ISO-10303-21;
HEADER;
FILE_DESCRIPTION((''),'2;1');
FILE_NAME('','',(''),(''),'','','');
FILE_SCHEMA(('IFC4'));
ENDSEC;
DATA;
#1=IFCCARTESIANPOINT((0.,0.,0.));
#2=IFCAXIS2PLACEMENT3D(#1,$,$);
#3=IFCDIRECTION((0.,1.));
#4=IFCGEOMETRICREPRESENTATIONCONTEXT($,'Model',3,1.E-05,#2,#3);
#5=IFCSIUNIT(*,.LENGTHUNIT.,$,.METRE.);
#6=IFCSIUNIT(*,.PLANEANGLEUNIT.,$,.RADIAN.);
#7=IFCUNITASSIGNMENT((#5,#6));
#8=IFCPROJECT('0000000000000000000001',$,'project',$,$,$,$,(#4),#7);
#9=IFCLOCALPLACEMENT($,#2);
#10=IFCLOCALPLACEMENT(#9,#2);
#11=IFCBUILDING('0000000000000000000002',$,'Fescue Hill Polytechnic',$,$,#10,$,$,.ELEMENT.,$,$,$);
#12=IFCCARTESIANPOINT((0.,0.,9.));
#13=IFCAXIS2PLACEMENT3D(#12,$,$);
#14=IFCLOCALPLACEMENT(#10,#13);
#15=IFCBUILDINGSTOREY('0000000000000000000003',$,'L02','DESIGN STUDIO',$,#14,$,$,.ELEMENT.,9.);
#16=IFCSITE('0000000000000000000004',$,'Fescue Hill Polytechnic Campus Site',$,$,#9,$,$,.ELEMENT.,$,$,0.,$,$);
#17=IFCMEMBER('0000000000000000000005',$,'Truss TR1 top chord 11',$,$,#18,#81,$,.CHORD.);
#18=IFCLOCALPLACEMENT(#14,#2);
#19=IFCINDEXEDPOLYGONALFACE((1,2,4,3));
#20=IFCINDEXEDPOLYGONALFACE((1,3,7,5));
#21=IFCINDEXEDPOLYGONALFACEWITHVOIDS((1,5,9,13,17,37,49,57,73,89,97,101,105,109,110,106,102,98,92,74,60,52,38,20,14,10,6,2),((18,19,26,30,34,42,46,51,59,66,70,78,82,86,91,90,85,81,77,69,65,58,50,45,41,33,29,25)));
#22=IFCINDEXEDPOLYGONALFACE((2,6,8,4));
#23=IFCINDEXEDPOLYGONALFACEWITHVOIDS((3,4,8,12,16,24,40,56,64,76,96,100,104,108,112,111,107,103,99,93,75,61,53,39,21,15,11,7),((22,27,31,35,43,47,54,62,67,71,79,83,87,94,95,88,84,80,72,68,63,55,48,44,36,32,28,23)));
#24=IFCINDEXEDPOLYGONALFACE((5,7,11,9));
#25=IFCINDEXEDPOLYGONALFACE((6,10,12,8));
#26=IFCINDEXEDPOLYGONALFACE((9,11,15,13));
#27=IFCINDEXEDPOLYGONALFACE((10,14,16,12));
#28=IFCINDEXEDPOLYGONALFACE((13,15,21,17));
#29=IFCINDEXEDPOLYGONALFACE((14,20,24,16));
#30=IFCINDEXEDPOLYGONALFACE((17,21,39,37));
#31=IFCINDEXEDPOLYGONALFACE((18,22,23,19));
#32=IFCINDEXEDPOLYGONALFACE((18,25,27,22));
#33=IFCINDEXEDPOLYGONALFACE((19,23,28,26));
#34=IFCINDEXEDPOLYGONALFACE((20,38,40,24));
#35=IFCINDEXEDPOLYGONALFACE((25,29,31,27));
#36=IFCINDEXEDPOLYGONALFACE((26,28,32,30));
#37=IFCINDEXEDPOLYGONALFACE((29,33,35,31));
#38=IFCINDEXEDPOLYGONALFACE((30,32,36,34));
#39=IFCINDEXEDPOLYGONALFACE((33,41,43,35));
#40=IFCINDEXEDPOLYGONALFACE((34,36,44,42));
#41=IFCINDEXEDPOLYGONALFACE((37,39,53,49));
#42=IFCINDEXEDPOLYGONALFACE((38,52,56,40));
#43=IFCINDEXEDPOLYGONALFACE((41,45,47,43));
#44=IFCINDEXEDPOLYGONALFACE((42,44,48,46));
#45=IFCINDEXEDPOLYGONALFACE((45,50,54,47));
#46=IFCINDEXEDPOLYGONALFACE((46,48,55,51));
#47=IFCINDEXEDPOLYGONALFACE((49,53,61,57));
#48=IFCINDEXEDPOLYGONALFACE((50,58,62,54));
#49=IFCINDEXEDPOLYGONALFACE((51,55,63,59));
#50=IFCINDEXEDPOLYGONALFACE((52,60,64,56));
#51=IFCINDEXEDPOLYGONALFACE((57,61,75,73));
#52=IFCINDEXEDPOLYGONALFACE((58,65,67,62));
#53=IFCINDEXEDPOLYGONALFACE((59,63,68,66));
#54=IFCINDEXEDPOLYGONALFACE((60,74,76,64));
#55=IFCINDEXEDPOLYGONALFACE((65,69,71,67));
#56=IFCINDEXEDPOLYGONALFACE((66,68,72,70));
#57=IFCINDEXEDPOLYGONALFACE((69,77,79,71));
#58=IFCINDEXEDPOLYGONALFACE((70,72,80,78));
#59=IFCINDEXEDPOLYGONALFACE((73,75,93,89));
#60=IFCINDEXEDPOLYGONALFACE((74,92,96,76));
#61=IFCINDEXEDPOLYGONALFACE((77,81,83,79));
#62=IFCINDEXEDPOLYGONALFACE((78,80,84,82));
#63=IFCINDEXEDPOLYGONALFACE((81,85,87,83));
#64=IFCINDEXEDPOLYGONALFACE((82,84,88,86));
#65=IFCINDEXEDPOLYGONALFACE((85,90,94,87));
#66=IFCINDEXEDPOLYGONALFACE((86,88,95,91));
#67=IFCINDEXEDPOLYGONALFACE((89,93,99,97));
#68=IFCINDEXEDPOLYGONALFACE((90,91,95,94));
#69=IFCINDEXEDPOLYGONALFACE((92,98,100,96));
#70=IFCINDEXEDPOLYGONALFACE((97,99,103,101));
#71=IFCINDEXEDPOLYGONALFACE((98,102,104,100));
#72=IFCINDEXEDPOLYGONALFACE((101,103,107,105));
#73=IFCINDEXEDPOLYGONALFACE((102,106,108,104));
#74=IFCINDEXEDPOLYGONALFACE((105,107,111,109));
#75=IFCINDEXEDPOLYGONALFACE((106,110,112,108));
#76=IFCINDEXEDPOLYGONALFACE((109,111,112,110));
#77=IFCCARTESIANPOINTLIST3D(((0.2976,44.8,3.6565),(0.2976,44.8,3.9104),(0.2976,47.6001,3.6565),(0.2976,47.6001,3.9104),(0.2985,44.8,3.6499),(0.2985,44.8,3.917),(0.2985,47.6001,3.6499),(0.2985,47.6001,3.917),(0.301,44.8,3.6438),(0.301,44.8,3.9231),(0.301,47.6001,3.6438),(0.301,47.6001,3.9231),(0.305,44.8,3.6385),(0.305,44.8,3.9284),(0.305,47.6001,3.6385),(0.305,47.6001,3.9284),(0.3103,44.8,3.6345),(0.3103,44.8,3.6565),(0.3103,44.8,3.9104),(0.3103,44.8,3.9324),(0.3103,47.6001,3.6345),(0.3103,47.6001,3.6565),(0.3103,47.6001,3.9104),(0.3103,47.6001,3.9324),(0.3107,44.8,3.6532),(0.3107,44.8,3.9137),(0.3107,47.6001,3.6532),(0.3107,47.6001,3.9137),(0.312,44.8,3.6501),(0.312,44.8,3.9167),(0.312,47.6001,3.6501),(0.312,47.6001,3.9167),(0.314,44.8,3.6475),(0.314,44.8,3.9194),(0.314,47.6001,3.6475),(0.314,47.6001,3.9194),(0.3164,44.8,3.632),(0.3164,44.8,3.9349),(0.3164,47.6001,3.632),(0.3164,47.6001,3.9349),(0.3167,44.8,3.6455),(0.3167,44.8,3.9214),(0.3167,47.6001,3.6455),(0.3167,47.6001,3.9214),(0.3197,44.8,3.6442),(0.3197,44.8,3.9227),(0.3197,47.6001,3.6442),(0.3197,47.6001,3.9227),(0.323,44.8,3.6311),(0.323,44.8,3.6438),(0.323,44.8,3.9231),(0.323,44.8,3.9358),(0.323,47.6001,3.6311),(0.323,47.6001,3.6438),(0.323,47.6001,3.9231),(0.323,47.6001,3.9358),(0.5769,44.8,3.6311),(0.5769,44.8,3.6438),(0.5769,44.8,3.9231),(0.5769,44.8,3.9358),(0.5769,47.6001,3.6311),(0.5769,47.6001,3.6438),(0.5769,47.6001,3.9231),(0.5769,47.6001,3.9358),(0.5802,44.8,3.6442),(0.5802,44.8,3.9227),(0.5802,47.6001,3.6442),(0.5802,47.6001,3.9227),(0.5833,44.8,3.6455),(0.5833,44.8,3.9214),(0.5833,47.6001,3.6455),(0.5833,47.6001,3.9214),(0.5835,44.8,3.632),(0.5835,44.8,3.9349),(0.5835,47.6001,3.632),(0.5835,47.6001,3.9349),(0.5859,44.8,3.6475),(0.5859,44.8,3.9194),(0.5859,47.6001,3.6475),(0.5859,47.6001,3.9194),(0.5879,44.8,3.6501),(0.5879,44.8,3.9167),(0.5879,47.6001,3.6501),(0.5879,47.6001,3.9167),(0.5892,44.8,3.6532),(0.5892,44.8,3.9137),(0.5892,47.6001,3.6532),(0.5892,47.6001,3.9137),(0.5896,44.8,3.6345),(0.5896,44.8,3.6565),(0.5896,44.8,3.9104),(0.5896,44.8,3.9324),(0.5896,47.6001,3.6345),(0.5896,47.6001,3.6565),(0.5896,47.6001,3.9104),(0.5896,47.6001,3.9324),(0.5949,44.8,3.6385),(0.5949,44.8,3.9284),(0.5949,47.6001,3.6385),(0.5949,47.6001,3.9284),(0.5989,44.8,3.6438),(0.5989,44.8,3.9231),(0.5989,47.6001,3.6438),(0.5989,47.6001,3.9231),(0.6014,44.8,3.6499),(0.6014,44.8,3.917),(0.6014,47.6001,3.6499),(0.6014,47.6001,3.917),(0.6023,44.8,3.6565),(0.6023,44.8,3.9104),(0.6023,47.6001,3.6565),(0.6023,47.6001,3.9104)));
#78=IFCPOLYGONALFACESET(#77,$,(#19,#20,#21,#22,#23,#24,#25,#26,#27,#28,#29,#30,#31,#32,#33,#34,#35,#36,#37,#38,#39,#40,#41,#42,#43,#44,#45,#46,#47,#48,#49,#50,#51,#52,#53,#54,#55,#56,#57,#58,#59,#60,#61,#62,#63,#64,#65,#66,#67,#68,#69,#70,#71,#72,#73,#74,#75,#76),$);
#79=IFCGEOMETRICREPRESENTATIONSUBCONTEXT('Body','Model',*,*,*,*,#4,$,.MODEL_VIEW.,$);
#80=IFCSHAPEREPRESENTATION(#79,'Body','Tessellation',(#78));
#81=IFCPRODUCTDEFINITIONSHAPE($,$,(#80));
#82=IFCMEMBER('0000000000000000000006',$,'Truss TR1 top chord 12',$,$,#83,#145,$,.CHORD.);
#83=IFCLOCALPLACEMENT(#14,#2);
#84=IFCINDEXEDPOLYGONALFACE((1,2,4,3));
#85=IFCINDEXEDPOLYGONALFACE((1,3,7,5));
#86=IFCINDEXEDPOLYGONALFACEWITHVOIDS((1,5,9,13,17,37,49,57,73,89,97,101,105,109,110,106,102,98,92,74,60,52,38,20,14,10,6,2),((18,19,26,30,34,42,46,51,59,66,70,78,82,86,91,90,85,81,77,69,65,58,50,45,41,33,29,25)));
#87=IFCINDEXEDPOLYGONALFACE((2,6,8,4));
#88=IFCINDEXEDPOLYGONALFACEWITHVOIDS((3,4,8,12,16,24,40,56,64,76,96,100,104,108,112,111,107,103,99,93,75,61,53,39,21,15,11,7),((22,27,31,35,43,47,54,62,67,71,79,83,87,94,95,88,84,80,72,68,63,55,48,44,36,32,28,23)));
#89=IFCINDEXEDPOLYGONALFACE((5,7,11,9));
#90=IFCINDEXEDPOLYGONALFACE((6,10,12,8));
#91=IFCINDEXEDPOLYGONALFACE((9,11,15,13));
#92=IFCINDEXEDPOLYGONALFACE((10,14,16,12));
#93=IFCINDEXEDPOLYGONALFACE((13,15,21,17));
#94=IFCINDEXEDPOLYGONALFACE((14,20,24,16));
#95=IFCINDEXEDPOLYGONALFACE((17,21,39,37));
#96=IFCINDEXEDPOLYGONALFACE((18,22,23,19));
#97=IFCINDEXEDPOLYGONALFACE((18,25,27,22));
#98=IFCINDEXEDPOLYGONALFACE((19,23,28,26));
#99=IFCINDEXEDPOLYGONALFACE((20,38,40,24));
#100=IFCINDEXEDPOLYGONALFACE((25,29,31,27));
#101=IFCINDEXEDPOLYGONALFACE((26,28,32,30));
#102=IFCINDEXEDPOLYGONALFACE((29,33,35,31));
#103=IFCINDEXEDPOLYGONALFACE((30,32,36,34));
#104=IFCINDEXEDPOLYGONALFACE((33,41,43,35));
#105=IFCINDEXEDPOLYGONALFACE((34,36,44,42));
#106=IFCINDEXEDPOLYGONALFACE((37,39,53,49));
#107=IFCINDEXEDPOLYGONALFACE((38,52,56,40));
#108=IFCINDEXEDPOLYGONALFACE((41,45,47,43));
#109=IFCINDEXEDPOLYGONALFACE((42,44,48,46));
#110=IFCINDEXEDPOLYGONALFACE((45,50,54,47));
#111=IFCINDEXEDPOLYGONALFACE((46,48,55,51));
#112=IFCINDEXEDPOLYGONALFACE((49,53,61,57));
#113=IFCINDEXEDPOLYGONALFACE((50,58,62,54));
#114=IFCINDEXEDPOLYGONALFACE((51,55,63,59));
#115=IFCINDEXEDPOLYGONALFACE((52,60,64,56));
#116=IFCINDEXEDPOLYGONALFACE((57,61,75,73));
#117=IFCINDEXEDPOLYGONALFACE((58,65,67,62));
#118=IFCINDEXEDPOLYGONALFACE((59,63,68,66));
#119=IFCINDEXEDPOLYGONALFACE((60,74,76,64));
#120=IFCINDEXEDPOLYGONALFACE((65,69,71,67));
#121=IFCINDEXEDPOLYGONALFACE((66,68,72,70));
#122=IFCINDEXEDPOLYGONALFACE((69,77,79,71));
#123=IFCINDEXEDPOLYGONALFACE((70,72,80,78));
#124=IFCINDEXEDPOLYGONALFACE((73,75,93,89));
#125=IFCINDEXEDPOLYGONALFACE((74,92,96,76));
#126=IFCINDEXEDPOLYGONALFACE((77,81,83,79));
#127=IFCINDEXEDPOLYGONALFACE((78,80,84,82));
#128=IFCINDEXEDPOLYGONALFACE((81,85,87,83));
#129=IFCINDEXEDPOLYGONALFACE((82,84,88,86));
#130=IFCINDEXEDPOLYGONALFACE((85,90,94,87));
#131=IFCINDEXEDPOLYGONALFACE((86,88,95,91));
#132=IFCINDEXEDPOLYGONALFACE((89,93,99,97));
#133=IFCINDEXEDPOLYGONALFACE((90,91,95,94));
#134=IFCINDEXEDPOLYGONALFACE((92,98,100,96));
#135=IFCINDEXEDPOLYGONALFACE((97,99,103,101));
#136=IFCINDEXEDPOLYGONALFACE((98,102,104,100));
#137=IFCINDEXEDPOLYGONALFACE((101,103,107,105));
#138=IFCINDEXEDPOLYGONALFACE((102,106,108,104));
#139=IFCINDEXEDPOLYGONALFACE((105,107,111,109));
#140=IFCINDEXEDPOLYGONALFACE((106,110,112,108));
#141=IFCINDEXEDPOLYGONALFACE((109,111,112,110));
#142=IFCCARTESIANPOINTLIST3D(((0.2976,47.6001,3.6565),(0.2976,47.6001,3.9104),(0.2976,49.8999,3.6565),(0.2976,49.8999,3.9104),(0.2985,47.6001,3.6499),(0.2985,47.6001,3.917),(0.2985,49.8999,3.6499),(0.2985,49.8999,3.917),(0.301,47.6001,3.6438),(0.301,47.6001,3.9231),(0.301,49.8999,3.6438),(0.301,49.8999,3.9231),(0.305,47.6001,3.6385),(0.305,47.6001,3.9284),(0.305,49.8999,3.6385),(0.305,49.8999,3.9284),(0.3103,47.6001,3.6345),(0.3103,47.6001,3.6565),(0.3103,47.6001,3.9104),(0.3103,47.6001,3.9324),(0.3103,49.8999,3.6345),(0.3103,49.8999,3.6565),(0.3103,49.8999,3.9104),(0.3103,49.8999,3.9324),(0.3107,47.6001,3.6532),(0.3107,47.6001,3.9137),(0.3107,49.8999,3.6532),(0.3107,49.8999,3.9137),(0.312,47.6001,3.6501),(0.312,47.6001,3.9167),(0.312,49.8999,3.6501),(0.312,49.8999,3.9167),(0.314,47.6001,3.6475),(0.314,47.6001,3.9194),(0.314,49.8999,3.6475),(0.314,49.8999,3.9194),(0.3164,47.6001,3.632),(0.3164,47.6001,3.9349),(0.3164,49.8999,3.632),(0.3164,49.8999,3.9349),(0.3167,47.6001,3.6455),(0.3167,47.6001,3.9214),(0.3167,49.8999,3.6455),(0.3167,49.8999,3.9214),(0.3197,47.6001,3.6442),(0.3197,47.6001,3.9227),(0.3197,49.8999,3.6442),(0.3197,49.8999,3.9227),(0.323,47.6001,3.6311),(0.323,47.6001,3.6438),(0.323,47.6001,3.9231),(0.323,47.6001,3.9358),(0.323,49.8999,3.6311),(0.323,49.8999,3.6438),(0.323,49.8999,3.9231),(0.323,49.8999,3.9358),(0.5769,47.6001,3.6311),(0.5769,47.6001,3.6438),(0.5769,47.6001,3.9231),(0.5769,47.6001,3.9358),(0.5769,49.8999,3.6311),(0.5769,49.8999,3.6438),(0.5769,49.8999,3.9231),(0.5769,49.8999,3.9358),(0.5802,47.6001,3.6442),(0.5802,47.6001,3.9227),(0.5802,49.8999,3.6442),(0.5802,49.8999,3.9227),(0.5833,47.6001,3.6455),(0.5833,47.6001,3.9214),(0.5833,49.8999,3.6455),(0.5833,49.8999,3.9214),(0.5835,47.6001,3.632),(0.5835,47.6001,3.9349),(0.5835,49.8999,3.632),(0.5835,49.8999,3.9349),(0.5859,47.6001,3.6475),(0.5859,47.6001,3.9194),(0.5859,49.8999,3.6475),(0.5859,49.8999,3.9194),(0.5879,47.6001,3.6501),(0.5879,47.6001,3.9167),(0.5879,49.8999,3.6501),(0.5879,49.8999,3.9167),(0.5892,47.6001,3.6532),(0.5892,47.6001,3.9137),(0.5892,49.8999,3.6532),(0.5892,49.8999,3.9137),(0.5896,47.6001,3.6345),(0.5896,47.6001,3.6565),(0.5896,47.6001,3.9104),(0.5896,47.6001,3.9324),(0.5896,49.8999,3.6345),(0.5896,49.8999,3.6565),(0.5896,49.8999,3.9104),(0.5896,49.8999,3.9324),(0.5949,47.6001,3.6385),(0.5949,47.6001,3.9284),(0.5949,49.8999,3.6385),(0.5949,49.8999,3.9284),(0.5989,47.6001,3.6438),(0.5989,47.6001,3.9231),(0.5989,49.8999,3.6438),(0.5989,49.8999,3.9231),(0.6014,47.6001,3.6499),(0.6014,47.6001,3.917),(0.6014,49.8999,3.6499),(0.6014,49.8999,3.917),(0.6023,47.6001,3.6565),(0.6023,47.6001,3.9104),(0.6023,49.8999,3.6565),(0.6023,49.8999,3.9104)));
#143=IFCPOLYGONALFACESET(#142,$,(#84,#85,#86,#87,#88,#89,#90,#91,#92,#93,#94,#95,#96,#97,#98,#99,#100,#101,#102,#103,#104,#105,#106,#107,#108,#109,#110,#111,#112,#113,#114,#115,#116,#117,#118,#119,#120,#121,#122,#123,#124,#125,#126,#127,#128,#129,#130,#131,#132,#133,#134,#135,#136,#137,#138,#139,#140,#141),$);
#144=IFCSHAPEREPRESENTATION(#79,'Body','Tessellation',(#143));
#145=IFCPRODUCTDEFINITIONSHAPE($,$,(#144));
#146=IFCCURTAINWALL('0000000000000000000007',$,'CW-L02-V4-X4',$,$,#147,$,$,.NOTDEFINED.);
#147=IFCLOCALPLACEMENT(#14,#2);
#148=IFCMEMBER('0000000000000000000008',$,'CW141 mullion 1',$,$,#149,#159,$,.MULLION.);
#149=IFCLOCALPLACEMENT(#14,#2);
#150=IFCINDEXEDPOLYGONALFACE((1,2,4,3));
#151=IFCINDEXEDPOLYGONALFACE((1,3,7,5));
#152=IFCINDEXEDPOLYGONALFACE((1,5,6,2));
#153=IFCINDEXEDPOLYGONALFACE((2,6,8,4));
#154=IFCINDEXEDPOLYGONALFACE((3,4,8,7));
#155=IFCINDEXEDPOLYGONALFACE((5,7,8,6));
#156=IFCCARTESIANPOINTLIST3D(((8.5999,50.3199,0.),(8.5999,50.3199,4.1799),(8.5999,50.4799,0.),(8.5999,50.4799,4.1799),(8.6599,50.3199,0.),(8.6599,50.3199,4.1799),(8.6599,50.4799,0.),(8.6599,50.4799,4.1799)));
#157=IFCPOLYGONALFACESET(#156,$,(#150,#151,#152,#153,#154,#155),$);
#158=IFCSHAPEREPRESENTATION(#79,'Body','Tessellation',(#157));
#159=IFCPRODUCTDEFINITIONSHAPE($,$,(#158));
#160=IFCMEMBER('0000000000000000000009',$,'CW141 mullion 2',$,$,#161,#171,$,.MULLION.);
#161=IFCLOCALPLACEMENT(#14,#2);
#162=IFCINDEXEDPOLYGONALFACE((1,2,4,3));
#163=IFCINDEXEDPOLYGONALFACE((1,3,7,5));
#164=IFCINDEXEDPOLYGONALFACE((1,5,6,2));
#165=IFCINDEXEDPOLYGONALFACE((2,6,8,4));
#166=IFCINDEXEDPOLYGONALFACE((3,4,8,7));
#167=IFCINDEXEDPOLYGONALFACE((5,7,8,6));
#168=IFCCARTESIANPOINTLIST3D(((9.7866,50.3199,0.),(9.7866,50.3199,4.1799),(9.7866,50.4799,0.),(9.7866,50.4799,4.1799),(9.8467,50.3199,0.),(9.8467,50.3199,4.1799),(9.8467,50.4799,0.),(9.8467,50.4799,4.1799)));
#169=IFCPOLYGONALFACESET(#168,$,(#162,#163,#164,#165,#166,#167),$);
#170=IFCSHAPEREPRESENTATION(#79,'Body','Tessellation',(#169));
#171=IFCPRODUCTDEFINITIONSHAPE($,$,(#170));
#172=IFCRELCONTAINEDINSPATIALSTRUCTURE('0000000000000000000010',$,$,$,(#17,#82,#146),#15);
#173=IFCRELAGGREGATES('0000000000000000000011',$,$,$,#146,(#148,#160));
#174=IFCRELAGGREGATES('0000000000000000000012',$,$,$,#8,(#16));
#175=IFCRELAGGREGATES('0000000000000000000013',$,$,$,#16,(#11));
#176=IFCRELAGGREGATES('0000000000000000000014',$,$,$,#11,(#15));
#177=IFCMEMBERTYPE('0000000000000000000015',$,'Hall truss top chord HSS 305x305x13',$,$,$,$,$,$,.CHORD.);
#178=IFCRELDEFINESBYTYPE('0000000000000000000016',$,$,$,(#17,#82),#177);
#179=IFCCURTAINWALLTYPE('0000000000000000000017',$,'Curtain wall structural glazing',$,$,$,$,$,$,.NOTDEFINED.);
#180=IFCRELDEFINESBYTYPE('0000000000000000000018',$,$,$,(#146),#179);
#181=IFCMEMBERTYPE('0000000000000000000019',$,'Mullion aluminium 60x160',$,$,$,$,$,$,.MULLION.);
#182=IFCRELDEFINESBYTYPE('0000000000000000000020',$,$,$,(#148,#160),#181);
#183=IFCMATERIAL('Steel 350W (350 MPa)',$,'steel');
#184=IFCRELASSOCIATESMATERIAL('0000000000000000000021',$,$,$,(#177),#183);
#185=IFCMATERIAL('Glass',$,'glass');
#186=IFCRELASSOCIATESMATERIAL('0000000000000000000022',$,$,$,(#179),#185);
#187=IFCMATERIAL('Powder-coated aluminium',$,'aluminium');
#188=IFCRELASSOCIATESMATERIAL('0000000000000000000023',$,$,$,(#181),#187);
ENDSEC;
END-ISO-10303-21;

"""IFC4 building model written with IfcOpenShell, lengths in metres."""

from ifc_helpers import new_model, si_unit, direction, frame, origin, origin_2d, place, context, subcontext, project, spatial, rectangle, hollow_rectangle, extrude, material, material_profile, profile_set, type_object, element, aggregate, save


model = new_model("IFC4")

# Units and contexts
model_context = context("Model", 3, precision=1e-05, world=origin(), true_north=direction((0.0, 1.0)))
body_context = subcontext(model_context, "Body", "Model", "MODEL_VIEW")
ifc_project = project(units=[si_unit("LENGTHUNIT", "METRE"), si_unit("PLANEANGLEUNIT", "RADIAN")], contexts=[model_context])

# Site, building, storey
site_placement = place(None, origin())
site = spatial("IfcSite", under=ifc_project, at=site_placement, Name="Fescue Hill Polytechnic Campus Site", CompositionType="ELEMENT", RefElevation=0.0)
building_placement = place(site_placement, origin())
building = spatial("IfcBuilding", under=site, at=building_placement, Name="Fescue Hill Polytechnic", CompositionType="ELEMENT")
storey_placement = place(building_placement, frame((0.0, 0.0, 9.0)))
storey = spatial("IfcBuildingStorey", under=building, at=storey_placement, Name="L02", Description="DESIGN STUDIO", CompositionType="ELEMENT", Elevation=9.0)

# Members
ifc_material_1 = material(Name="Steel 350W (350 MPa)", Category="steel")
ifc_material_profile_1 = material_profile(ifc_material_1, hollow_rectangle(XDim=0.3047, YDim=0.3047, WallThickness=0.0127, InnerFilletRadius=0.0127, OuterFilletRadius=0.0254, at=origin_2d()), Name="Hall truss top chord HSS 305x305x13")
ifc_profile_set_1 = profile_set([ifc_material_profile_1], Name="Steel 350W (350 MPa)")
member_type_1 = type_object("IfcMemberType", Name="Hall truss top chord HSS 305x305x13", PredefinedType="CHORD", material=ifc_profile_set_1)
member_1_placement = place(storey_placement, frame((0.45, 44.8, 3.7834), z_axis=(0.0, 1.0, 0.0), x_axis=(-1.0, 0.0, 0.0)))
element("IfcMember", 1, at=member_1_placement, inside=storey, type_object=member_type_1, Name="Truss TR1 top chord 11", PredefinedType="CHORD", context=body_context, shape_type="SweptSolid", body=[
    extrude(hollow_rectangle(XDim=0.3047, YDim=0.3047, WallThickness=0.0127, InnerFilletRadius=0.0127, OuterFilletRadius=0.0254, at=origin_2d()), origin(), (0.0, 0.0, 1.0), 2.8),
])
member_2_placement = place(storey_placement, frame((0.45, 47.6001, 3.7834), z_axis=(0.0, 1.0, 0.0), x_axis=(-1.0, 0.0, 0.0)))
element("IfcMember", 2, at=member_2_placement, inside=storey, type_object=member_type_1, Name="Truss TR1 top chord 12", PredefinedType="CHORD", context=body_context, shape_type="SweptSolid", body=[
    extrude(hollow_rectangle(XDim=0.3047, YDim=0.3047, WallThickness=0.0127, InnerFilletRadius=0.0127, OuterFilletRadius=0.0254, at=origin_2d()), origin(), (0.0, 0.0, 1.0), 2.2998),
])

# Curtain wall, members
ifc_material_2 = material(Name="Glass", Category="glass")
curtain_wall_type = type_object("IfcCurtainWallType", Name="Curtain wall structural glazing", PredefinedType="NOTDEFINED", material=ifc_material_2)
curtain_wall_placement = place(storey_placement, origin())
curtain_wall = element("IfcCurtainWall", 3, at=curtain_wall_placement, inside=storey, type_object=curtain_wall_type, Name="CW-L02-V4-X4", PredefinedType="NOTDEFINED")
ifc_material_3 = material(Name="Powder-coated aluminium", Category="aluminium")
ifc_material_profile_2 = material_profile(ifc_material_3, rectangle(XDim=0.1599, YDim=0.0601, at=origin_2d()), Name="Mullion aluminium 60x160")
ifc_profile_set_2 = profile_set([ifc_material_profile_2], Name="Powder-coated aluminium")
member_type_2 = type_object("IfcMemberType", Name="Mullion aluminium 60x160", PredefinedType="MULLION", material=ifc_profile_set_2)
member_3_placement = place(storey_placement, frame((8.6299, 50.3999, 0.0), z_axis=(0.0, 0.0, 1.0), x_axis=(0.0, 1.0, 0.0)))
member_3 = element("IfcMember", 4, at=member_3_placement, type_object=member_type_2, Name="CW141 mullion 1", PredefinedType="MULLION", context=body_context, shape_type="SweptSolid", body=[
    extrude(rectangle(XDim=0.1599, YDim=0.0601, at=origin_2d()), origin(), (0.0, 0.0, 1.0), 4.1799),
])
member_4_placement = place(storey_placement, frame((9.8167, 50.3999, 0.0), z_axis=(0.0, 0.0, 1.0), x_axis=(0.0, 1.0, 0.0)))
member_4 = element("IfcMember", 5, at=member_4_placement, type_object=member_type_2, Name="CW141 mullion 2", PredefinedType="MULLION", context=body_context, shape_type="SweptSolid", body=[
    extrude(rectangle(XDim=0.1599, YDim=0.0601, at=origin_2d()), origin(), (0.0, 0.0, 1.0), 4.1799),
])

aggregate(curtain_wall, [member_3, member_4])

save(model, "model.ifc")
